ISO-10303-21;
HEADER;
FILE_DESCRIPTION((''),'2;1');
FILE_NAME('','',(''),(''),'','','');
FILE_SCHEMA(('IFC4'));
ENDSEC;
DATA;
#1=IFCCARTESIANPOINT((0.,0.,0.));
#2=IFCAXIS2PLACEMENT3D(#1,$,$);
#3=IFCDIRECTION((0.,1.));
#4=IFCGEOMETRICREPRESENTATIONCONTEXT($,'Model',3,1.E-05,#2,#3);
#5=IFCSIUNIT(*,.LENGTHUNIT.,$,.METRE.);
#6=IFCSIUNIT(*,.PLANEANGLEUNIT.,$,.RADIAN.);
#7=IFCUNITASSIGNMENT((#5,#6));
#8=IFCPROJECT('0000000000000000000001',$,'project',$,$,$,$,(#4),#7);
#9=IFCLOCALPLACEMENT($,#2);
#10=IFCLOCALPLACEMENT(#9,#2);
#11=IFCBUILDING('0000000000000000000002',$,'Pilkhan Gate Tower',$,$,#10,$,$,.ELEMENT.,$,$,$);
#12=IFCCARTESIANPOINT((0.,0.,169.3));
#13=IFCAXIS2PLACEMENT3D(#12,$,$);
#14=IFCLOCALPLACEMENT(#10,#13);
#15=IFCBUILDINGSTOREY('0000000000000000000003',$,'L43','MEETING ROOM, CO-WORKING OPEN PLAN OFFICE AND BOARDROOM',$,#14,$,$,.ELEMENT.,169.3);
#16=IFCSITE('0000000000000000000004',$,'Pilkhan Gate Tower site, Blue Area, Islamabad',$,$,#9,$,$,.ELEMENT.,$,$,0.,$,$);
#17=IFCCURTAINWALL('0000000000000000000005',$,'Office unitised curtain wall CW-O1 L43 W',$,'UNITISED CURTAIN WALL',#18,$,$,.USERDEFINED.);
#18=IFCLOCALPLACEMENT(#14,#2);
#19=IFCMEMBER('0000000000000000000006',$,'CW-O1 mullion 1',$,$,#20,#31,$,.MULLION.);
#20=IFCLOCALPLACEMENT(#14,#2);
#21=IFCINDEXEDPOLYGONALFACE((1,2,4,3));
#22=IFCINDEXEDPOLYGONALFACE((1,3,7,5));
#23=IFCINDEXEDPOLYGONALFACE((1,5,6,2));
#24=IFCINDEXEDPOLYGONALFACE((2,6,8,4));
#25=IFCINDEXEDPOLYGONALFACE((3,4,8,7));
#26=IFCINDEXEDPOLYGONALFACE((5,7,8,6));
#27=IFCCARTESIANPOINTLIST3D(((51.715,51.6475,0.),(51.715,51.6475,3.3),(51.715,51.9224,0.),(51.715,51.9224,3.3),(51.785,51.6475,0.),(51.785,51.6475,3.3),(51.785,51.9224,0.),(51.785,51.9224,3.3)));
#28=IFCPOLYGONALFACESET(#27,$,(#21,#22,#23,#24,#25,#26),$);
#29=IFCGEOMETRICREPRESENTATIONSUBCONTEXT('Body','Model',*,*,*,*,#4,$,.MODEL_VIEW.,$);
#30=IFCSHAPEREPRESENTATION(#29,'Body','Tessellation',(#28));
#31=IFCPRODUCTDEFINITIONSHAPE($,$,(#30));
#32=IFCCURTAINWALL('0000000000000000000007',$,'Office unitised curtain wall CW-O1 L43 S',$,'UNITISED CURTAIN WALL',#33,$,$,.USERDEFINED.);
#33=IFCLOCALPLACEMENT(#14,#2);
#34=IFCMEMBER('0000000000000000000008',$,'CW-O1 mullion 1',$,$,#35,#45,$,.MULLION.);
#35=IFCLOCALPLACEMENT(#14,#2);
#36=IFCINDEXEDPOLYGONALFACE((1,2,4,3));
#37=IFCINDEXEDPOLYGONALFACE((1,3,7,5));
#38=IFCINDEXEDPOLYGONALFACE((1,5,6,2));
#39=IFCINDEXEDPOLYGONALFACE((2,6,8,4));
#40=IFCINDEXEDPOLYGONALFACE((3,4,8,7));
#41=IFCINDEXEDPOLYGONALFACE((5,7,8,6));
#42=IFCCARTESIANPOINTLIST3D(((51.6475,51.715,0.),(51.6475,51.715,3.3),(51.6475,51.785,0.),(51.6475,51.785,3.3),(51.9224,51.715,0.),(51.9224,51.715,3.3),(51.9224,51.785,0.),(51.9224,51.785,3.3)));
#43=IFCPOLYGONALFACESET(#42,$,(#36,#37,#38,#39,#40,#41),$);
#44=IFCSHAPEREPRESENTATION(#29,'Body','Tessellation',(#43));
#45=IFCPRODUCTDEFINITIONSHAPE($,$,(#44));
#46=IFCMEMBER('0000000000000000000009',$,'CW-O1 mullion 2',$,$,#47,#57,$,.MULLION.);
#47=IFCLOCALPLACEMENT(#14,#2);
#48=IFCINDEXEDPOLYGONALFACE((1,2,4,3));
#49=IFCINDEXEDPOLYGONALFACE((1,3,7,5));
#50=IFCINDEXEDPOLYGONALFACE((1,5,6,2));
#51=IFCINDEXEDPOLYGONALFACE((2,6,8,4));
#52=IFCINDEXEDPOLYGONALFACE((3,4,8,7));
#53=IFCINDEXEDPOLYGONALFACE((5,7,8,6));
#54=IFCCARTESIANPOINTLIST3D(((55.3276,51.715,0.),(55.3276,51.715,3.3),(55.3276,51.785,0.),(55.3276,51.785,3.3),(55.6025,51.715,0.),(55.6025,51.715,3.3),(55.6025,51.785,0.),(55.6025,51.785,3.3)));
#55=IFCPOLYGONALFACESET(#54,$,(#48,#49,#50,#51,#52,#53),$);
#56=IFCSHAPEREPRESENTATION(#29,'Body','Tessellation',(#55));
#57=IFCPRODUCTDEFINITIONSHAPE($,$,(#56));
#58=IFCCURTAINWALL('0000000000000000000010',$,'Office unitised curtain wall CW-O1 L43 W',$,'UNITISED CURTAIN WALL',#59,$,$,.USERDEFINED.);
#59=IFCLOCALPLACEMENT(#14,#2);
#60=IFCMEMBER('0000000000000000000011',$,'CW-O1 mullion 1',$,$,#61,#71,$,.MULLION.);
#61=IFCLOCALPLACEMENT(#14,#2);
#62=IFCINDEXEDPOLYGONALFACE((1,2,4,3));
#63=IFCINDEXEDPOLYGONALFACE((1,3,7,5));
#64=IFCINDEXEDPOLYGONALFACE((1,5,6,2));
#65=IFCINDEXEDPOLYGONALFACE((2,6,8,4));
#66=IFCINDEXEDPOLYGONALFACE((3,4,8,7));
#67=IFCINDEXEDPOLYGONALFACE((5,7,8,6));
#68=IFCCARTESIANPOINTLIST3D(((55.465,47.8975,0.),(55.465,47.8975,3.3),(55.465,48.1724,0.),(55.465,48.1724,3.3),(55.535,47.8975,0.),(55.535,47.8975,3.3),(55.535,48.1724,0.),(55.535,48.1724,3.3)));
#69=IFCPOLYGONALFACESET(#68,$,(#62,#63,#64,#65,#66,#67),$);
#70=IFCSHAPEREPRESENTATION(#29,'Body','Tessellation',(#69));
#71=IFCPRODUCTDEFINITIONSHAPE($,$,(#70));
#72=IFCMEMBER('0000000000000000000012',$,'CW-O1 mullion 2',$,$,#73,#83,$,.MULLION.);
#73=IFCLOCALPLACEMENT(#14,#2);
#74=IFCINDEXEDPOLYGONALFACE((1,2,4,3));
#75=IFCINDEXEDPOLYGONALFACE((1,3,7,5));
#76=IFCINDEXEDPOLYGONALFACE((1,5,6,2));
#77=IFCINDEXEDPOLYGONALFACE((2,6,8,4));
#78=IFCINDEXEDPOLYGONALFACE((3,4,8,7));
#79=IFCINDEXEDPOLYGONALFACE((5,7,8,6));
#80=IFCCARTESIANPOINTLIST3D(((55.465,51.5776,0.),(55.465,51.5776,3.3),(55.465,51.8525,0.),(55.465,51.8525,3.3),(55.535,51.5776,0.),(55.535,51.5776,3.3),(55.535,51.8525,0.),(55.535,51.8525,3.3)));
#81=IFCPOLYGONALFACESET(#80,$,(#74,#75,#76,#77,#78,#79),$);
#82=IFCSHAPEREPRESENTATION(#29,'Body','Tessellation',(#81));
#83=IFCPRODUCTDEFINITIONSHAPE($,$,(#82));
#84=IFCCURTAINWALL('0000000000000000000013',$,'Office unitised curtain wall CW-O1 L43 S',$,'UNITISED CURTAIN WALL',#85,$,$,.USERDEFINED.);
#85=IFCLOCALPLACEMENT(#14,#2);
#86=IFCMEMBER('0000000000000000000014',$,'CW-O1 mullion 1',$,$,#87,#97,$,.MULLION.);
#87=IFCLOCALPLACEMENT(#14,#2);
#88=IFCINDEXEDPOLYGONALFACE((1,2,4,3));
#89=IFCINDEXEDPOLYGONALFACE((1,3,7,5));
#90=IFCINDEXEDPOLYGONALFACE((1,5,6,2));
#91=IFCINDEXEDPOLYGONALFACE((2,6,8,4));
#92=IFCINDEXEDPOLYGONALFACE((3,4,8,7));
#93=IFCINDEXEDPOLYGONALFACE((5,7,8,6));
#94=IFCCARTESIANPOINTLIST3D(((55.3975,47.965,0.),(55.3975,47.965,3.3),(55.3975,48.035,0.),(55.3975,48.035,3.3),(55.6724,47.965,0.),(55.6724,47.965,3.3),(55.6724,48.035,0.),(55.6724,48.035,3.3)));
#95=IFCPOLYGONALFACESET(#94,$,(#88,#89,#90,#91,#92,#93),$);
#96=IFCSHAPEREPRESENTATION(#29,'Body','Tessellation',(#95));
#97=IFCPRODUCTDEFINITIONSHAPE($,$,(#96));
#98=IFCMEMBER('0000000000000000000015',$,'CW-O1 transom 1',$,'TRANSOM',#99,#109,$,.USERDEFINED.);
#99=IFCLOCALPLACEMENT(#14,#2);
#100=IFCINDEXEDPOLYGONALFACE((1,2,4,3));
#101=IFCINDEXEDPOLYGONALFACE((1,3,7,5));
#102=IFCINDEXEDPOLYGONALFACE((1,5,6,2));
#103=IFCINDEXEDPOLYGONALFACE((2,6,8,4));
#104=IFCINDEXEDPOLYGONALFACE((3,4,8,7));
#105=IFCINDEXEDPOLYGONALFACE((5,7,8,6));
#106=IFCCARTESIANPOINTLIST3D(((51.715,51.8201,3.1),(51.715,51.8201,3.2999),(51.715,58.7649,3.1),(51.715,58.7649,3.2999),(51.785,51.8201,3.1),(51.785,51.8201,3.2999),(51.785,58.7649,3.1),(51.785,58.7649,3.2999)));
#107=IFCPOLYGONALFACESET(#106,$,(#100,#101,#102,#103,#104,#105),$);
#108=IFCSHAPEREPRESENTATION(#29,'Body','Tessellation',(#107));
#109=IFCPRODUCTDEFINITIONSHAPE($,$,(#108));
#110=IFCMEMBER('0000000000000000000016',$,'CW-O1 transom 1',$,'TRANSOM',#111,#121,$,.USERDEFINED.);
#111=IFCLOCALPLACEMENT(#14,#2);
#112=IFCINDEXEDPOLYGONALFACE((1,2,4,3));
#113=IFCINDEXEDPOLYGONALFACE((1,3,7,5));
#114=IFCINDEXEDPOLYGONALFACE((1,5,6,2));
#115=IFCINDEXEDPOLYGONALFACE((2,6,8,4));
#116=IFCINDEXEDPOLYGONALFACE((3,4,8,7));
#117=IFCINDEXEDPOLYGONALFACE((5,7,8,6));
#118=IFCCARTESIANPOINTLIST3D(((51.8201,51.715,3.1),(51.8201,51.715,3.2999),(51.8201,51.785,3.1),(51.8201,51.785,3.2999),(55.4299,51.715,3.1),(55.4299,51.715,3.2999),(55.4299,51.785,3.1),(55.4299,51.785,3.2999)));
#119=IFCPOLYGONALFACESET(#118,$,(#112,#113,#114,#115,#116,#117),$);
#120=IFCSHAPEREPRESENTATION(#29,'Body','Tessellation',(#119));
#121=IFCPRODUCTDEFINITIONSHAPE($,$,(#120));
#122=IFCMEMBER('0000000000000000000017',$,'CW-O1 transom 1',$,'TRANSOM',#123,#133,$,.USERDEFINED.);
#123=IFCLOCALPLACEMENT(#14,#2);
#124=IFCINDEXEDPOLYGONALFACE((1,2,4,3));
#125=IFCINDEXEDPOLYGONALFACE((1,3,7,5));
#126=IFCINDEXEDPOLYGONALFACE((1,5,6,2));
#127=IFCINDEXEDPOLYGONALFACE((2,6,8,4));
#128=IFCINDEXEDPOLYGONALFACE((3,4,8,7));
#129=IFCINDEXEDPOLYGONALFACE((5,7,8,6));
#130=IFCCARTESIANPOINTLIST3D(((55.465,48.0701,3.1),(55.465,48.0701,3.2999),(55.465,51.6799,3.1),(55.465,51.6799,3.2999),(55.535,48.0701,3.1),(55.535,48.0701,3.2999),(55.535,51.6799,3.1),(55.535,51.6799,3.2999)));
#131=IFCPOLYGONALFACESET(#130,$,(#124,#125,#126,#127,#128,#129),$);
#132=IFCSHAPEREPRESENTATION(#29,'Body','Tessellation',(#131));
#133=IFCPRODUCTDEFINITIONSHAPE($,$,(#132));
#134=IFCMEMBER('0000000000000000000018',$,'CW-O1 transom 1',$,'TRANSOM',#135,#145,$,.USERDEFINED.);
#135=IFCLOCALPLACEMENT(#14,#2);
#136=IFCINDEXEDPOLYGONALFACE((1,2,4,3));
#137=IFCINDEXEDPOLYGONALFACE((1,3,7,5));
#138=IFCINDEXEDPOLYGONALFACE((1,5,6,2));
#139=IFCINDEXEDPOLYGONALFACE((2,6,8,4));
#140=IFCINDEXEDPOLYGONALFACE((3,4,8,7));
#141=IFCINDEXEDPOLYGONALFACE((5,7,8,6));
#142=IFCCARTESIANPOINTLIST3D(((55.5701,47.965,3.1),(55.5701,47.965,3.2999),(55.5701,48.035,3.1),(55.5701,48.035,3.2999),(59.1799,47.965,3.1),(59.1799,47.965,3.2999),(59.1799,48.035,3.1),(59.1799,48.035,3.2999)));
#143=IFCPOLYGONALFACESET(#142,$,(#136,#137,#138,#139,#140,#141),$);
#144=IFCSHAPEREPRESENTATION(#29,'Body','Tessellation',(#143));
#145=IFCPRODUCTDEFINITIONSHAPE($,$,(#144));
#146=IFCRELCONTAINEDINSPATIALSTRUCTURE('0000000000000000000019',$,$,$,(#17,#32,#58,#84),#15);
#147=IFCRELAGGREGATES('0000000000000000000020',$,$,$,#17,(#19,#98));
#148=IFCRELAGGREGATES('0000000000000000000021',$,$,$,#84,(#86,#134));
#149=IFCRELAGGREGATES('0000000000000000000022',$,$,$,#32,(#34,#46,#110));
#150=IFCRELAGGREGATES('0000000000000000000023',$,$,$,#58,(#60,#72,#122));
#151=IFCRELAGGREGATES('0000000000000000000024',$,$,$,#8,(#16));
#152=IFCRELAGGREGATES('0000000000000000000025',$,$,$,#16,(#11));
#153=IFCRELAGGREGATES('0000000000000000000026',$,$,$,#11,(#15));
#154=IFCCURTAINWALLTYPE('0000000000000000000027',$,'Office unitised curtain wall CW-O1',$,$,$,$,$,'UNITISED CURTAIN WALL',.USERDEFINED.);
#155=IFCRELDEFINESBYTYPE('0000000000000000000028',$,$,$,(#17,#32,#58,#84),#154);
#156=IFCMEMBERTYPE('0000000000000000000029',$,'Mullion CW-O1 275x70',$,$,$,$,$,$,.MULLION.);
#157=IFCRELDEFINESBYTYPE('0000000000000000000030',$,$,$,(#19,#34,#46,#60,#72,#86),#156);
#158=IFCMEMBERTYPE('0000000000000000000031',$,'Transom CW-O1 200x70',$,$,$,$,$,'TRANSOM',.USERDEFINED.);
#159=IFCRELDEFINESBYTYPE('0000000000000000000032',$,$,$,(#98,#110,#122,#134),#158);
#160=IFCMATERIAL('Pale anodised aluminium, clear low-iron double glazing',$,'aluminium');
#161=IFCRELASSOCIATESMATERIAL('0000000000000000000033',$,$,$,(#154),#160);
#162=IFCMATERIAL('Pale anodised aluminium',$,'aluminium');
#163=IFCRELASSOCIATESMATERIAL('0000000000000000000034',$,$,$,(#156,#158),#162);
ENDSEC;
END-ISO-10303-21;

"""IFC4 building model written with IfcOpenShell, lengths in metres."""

from ifc_helpers import new_model, si_unit, direction, frame, origin, origin_2d, place, context, subcontext, project, spatial, rectangle, extrude, material, material_profile, profile_set, type_object, element, aggregate, save


model = new_model("IFC4")

# Units and contexts
model_context = context("Model", 3, precision=1e-05, world=origin(), true_north=direction((0.0, 1.0)))
body_context = subcontext(model_context, "Body", "Model", "MODEL_VIEW")
ifc_project = project(units=[si_unit("LENGTHUNIT", "METRE"), si_unit("PLANEANGLEUNIT", "RADIAN")], contexts=[model_context])

# Site, building, storey
site_placement = place(None, origin())
site = spatial("IfcSite", under=ifc_project, at=site_placement, Name="Pilkhan Gate Tower site, Blue Area, Islamabad", CompositionType="ELEMENT", RefElevation=0.0)
building_placement = place(site_placement, origin())
building = spatial("IfcBuilding", under=site, at=building_placement, Name="Pilkhan Gate Tower", CompositionType="ELEMENT")
storey_placement = place(building_placement, frame((0.0, 0.0, 169.3)))
storey = spatial("IfcBuildingStorey", under=building, at=storey_placement, Name="L43", Description="MEETING ROOM, CO-WORKING OPEN PLAN OFFICE AND BOARDROOM", CompositionType="ELEMENT", Elevation=169.3)

# Curtain wall, member
ifc_material_1 = material(Name="Pale anodised aluminium, clear low-iron double glazing", Category="aluminium")
curtain_wall_type = type_object("IfcCurtainWallType", Name="Office unitised curtain wall CW-O1", ElementType="UNITISED CURTAIN WALL", PredefinedType="USERDEFINED", material=ifc_material_1)
curtain_wall_1_placement = place(storey_placement, origin())
curtain_wall_1 = element("IfcCurtainWall", 1, at=curtain_wall_1_placement, inside=storey, type_object=curtain_wall_type, Name="Office unitised curtain wall CW-O1 L43 W", ObjectType="UNITISED CURTAIN WALL", PredefinedType="USERDEFINED")
ifc_material_2 = material(Name="Pale anodised aluminium", Category="aluminium")
ifc_material_profile_1 = material_profile(ifc_material_2, rectangle(XDim=0.0701, YDim=0.2749, at=origin_2d()), Name="Mullion 275x70")
ifc_profile_set_1 = profile_set([ifc_material_profile_1], Name="Pale anodised aluminium")
member_type_1 = type_object("IfcMemberType", Name="Mullion CW-O1 275x70", PredefinedType="MULLION", material=ifc_profile_set_1)
member_1_placement = place(storey_placement, frame((51.75, 51.7849, 0.0), z_axis=(0.0, 0.0, 1.0), x_axis=(-1.0, 0.0, 0.0)))
member_1 = element("IfcMember", 2, at=member_1_placement, type_object=member_type_1, Name="CW-O1 mullion 1", PredefinedType="MULLION", context=body_context, shape_type="SweptSolid", body=[
    extrude(rectangle(XDim=0.0701, YDim=0.2749, at=origin_2d()), origin(), (0.0, 0.0, 1.0), 3.3),
])

# Curtain walls, members
curtain_wall_2_placement = place(storey_placement, origin())
curtain_wall_2 = element("IfcCurtainWall", 3, at=curtain_wall_2_placement, inside=storey, type_object=curtain_wall_type, Name="Office unitised curtain wall CW-O1 L43 S", ObjectType="UNITISED CURTAIN WALL", PredefinedType="USERDEFINED")
member_2_placement = place(storey_placement, frame((51.7849, 51.75, 0.0), z_axis=(0.0, 0.0, 1.0), x_axis=(0.0, 1.0, 0.0)))
member_2 = element("IfcMember", 4, at=member_2_placement, type_object=member_type_1, Name="CW-O1 mullion 1", PredefinedType="MULLION", context=body_context, shape_type="SweptSolid", body=[
    extrude(rectangle(XDim=0.0701, YDim=0.2749, at=origin_2d()), origin(), (0.0, 0.0, 1.0), 3.3),
])
member_3_placement = place(storey_placement, frame((55.4651, 51.75, 0.0), z_axis=(0.0, 0.0, 1.0), x_axis=(0.0, 1.0, 0.0)))
member_3 = element("IfcMember", 5, at=member_3_placement, type_object=member_type_1, Name="CW-O1 mullion 2", PredefinedType="MULLION", context=body_context, shape_type="SweptSolid", body=[
    extrude(rectangle(XDim=0.0701, YDim=0.2749, at=origin_2d()), origin(), (0.0, 0.0, 1.0), 3.3),
])
curtain_wall_3_placement = place(storey_placement, origin())
curtain_wall_3 = element("IfcCurtainWall", 6, at=curtain_wall_3_placement, inside=storey, type_object=curtain_wall_type, Name="Office unitised curtain wall CW-O1 L43 W", ObjectType="UNITISED CURTAIN WALL", PredefinedType="USERDEFINED")
member_4_placement = place(storey_placement, frame((55.5, 48.0349, 0.0), z_axis=(0.0, 0.0, 1.0), x_axis=(-1.0, 0.0, 0.0)))
member_4 = element("IfcMember", 7, at=member_4_placement, type_object=member_type_1, Name="CW-O1 mullion 1", PredefinedType="MULLION", context=body_context, shape_type="SweptSolid", body=[
    extrude(rectangle(XDim=0.0701, YDim=0.2749, at=origin_2d()), origin(), (0.0, 0.0, 1.0), 3.3),
])
member_5_placement = place(storey_placement, frame((55.5, 51.7151, 0.0), z_axis=(0.0, 0.0, 1.0), x_axis=(-1.0, 0.0, 0.0)))
member_5 = element("IfcMember", 8, at=member_5_placement, type_object=member_type_1, Name="CW-O1 mullion 2", PredefinedType="MULLION", context=body_context, shape_type="SweptSolid", body=[
    extrude(rectangle(XDim=0.0701, YDim=0.2749, at=origin_2d()), origin(), (0.0, 0.0, 1.0), 3.3),
])

# Curtain wall, member
curtain_wall_4_placement = place(storey_placement, origin())
curtain_wall_4 = element("IfcCurtainWall", 9, at=curtain_wall_4_placement, inside=storey, type_object=curtain_wall_type, Name="Office unitised curtain wall CW-O1 L43 S", ObjectType="UNITISED CURTAIN WALL", PredefinedType="USERDEFINED")
member_6_placement = place(storey_placement, frame((55.5349, 48.0, 0.0), z_axis=(0.0, 0.0, 1.0), x_axis=(0.0, 1.0, 0.0)))
member_6 = element("IfcMember", 10, at=member_6_placement, type_object=member_type_1, Name="CW-O1 mullion 1", PredefinedType="MULLION", context=body_context, shape_type="SweptSolid", body=[
    extrude(rectangle(XDim=0.0701, YDim=0.2749, at=origin_2d()), origin(), (0.0, 0.0, 1.0), 3.3),
])

# Members
ifc_material_profile_2 = material_profile(ifc_material_2, rectangle(XDim=0.0701, YDim=0.2, at=origin_2d()), Name="Transom 200x70")
ifc_profile_set_2 = profile_set([ifc_material_profile_2], Name="Pale anodised aluminium")
member_type_2 = type_object("IfcMemberType", Name="Transom CW-O1 200x70", ElementType="TRANSOM", PredefinedType="USERDEFINED", material=ifc_profile_set_2)
member_7_placement = place(storey_placement, frame((51.75, 51.8201, 3.2), z_axis=(0.0, 1.0, 0.0), x_axis=(-1.0, 0.0, 0.0)))
member_7 = element("IfcMember", 11, at=member_7_placement, type_object=member_type_2, Name="CW-O1 transom 1", ObjectType="TRANSOM", PredefinedType="USERDEFINED", context=body_context, shape_type="SweptSolid", body=[
    extrude(rectangle(XDim=0.0701, YDim=0.2, at=origin_2d()), origin(), (0.0, 0.0, 1.0), 6.9448),
])
aggregate(curtain_wall_1, [member_1, member_7])
member_8_placement = place(storey_placement, frame((51.8201, 51.75, 3.2), z_axis=(1.0, 0.0, 0.0), x_axis=(0.0, 1.0, 0.0)))
member_8 = element("IfcMember", 12, at=member_8_placement, type_object=member_type_2, Name="CW-O1 transom 1", ObjectType="TRANSOM", PredefinedType="USERDEFINED", context=body_context, shape_type="SweptSolid", body=[
    extrude(rectangle(XDim=0.0701, YDim=0.2, at=origin_2d()), origin(), (0.0, 0.0, 1.0), 3.6099),
])
member_9_placement = place(storey_placement, frame((55.5, 48.0701, 3.2), z_axis=(0.0, 1.0, 0.0), x_axis=(-1.0, 0.0, 0.0)))
member_9 = element("IfcMember", 13, at=member_9_placement, type_object=member_type_2, Name="CW-O1 transom 1", ObjectType="TRANSOM", PredefinedType="USERDEFINED", context=body_context, shape_type="SweptSolid", body=[
    extrude(rectangle(XDim=0.0701, YDim=0.2, at=origin_2d()), origin(), (0.0, 0.0, 1.0), 3.6099),
])
member_10_placement = place(storey_placement, frame((55.5701, 48.0, 3.2), z_axis=(1.0, 0.0, 0.0), x_axis=(0.0, 1.0, 0.0)))
member_10 = element("IfcMember", 14, at=member_10_placement, type_object=member_type_2, Name="CW-O1 transom 1", ObjectType="TRANSOM", PredefinedType="USERDEFINED", context=body_context, shape_type="SweptSolid", body=[
    extrude(rectangle(XDim=0.0701, YDim=0.2, at=origin_2d()), origin(), (0.0, 0.0, 1.0), 3.6099),
])
aggregate(curtain_wall_4, [member_6, member_10])

aggregate(curtain_wall_2, [member_2, member_3, member_8])
aggregate(curtain_wall_3, [member_4, member_5, member_9])

save(model, "model.ifc")
